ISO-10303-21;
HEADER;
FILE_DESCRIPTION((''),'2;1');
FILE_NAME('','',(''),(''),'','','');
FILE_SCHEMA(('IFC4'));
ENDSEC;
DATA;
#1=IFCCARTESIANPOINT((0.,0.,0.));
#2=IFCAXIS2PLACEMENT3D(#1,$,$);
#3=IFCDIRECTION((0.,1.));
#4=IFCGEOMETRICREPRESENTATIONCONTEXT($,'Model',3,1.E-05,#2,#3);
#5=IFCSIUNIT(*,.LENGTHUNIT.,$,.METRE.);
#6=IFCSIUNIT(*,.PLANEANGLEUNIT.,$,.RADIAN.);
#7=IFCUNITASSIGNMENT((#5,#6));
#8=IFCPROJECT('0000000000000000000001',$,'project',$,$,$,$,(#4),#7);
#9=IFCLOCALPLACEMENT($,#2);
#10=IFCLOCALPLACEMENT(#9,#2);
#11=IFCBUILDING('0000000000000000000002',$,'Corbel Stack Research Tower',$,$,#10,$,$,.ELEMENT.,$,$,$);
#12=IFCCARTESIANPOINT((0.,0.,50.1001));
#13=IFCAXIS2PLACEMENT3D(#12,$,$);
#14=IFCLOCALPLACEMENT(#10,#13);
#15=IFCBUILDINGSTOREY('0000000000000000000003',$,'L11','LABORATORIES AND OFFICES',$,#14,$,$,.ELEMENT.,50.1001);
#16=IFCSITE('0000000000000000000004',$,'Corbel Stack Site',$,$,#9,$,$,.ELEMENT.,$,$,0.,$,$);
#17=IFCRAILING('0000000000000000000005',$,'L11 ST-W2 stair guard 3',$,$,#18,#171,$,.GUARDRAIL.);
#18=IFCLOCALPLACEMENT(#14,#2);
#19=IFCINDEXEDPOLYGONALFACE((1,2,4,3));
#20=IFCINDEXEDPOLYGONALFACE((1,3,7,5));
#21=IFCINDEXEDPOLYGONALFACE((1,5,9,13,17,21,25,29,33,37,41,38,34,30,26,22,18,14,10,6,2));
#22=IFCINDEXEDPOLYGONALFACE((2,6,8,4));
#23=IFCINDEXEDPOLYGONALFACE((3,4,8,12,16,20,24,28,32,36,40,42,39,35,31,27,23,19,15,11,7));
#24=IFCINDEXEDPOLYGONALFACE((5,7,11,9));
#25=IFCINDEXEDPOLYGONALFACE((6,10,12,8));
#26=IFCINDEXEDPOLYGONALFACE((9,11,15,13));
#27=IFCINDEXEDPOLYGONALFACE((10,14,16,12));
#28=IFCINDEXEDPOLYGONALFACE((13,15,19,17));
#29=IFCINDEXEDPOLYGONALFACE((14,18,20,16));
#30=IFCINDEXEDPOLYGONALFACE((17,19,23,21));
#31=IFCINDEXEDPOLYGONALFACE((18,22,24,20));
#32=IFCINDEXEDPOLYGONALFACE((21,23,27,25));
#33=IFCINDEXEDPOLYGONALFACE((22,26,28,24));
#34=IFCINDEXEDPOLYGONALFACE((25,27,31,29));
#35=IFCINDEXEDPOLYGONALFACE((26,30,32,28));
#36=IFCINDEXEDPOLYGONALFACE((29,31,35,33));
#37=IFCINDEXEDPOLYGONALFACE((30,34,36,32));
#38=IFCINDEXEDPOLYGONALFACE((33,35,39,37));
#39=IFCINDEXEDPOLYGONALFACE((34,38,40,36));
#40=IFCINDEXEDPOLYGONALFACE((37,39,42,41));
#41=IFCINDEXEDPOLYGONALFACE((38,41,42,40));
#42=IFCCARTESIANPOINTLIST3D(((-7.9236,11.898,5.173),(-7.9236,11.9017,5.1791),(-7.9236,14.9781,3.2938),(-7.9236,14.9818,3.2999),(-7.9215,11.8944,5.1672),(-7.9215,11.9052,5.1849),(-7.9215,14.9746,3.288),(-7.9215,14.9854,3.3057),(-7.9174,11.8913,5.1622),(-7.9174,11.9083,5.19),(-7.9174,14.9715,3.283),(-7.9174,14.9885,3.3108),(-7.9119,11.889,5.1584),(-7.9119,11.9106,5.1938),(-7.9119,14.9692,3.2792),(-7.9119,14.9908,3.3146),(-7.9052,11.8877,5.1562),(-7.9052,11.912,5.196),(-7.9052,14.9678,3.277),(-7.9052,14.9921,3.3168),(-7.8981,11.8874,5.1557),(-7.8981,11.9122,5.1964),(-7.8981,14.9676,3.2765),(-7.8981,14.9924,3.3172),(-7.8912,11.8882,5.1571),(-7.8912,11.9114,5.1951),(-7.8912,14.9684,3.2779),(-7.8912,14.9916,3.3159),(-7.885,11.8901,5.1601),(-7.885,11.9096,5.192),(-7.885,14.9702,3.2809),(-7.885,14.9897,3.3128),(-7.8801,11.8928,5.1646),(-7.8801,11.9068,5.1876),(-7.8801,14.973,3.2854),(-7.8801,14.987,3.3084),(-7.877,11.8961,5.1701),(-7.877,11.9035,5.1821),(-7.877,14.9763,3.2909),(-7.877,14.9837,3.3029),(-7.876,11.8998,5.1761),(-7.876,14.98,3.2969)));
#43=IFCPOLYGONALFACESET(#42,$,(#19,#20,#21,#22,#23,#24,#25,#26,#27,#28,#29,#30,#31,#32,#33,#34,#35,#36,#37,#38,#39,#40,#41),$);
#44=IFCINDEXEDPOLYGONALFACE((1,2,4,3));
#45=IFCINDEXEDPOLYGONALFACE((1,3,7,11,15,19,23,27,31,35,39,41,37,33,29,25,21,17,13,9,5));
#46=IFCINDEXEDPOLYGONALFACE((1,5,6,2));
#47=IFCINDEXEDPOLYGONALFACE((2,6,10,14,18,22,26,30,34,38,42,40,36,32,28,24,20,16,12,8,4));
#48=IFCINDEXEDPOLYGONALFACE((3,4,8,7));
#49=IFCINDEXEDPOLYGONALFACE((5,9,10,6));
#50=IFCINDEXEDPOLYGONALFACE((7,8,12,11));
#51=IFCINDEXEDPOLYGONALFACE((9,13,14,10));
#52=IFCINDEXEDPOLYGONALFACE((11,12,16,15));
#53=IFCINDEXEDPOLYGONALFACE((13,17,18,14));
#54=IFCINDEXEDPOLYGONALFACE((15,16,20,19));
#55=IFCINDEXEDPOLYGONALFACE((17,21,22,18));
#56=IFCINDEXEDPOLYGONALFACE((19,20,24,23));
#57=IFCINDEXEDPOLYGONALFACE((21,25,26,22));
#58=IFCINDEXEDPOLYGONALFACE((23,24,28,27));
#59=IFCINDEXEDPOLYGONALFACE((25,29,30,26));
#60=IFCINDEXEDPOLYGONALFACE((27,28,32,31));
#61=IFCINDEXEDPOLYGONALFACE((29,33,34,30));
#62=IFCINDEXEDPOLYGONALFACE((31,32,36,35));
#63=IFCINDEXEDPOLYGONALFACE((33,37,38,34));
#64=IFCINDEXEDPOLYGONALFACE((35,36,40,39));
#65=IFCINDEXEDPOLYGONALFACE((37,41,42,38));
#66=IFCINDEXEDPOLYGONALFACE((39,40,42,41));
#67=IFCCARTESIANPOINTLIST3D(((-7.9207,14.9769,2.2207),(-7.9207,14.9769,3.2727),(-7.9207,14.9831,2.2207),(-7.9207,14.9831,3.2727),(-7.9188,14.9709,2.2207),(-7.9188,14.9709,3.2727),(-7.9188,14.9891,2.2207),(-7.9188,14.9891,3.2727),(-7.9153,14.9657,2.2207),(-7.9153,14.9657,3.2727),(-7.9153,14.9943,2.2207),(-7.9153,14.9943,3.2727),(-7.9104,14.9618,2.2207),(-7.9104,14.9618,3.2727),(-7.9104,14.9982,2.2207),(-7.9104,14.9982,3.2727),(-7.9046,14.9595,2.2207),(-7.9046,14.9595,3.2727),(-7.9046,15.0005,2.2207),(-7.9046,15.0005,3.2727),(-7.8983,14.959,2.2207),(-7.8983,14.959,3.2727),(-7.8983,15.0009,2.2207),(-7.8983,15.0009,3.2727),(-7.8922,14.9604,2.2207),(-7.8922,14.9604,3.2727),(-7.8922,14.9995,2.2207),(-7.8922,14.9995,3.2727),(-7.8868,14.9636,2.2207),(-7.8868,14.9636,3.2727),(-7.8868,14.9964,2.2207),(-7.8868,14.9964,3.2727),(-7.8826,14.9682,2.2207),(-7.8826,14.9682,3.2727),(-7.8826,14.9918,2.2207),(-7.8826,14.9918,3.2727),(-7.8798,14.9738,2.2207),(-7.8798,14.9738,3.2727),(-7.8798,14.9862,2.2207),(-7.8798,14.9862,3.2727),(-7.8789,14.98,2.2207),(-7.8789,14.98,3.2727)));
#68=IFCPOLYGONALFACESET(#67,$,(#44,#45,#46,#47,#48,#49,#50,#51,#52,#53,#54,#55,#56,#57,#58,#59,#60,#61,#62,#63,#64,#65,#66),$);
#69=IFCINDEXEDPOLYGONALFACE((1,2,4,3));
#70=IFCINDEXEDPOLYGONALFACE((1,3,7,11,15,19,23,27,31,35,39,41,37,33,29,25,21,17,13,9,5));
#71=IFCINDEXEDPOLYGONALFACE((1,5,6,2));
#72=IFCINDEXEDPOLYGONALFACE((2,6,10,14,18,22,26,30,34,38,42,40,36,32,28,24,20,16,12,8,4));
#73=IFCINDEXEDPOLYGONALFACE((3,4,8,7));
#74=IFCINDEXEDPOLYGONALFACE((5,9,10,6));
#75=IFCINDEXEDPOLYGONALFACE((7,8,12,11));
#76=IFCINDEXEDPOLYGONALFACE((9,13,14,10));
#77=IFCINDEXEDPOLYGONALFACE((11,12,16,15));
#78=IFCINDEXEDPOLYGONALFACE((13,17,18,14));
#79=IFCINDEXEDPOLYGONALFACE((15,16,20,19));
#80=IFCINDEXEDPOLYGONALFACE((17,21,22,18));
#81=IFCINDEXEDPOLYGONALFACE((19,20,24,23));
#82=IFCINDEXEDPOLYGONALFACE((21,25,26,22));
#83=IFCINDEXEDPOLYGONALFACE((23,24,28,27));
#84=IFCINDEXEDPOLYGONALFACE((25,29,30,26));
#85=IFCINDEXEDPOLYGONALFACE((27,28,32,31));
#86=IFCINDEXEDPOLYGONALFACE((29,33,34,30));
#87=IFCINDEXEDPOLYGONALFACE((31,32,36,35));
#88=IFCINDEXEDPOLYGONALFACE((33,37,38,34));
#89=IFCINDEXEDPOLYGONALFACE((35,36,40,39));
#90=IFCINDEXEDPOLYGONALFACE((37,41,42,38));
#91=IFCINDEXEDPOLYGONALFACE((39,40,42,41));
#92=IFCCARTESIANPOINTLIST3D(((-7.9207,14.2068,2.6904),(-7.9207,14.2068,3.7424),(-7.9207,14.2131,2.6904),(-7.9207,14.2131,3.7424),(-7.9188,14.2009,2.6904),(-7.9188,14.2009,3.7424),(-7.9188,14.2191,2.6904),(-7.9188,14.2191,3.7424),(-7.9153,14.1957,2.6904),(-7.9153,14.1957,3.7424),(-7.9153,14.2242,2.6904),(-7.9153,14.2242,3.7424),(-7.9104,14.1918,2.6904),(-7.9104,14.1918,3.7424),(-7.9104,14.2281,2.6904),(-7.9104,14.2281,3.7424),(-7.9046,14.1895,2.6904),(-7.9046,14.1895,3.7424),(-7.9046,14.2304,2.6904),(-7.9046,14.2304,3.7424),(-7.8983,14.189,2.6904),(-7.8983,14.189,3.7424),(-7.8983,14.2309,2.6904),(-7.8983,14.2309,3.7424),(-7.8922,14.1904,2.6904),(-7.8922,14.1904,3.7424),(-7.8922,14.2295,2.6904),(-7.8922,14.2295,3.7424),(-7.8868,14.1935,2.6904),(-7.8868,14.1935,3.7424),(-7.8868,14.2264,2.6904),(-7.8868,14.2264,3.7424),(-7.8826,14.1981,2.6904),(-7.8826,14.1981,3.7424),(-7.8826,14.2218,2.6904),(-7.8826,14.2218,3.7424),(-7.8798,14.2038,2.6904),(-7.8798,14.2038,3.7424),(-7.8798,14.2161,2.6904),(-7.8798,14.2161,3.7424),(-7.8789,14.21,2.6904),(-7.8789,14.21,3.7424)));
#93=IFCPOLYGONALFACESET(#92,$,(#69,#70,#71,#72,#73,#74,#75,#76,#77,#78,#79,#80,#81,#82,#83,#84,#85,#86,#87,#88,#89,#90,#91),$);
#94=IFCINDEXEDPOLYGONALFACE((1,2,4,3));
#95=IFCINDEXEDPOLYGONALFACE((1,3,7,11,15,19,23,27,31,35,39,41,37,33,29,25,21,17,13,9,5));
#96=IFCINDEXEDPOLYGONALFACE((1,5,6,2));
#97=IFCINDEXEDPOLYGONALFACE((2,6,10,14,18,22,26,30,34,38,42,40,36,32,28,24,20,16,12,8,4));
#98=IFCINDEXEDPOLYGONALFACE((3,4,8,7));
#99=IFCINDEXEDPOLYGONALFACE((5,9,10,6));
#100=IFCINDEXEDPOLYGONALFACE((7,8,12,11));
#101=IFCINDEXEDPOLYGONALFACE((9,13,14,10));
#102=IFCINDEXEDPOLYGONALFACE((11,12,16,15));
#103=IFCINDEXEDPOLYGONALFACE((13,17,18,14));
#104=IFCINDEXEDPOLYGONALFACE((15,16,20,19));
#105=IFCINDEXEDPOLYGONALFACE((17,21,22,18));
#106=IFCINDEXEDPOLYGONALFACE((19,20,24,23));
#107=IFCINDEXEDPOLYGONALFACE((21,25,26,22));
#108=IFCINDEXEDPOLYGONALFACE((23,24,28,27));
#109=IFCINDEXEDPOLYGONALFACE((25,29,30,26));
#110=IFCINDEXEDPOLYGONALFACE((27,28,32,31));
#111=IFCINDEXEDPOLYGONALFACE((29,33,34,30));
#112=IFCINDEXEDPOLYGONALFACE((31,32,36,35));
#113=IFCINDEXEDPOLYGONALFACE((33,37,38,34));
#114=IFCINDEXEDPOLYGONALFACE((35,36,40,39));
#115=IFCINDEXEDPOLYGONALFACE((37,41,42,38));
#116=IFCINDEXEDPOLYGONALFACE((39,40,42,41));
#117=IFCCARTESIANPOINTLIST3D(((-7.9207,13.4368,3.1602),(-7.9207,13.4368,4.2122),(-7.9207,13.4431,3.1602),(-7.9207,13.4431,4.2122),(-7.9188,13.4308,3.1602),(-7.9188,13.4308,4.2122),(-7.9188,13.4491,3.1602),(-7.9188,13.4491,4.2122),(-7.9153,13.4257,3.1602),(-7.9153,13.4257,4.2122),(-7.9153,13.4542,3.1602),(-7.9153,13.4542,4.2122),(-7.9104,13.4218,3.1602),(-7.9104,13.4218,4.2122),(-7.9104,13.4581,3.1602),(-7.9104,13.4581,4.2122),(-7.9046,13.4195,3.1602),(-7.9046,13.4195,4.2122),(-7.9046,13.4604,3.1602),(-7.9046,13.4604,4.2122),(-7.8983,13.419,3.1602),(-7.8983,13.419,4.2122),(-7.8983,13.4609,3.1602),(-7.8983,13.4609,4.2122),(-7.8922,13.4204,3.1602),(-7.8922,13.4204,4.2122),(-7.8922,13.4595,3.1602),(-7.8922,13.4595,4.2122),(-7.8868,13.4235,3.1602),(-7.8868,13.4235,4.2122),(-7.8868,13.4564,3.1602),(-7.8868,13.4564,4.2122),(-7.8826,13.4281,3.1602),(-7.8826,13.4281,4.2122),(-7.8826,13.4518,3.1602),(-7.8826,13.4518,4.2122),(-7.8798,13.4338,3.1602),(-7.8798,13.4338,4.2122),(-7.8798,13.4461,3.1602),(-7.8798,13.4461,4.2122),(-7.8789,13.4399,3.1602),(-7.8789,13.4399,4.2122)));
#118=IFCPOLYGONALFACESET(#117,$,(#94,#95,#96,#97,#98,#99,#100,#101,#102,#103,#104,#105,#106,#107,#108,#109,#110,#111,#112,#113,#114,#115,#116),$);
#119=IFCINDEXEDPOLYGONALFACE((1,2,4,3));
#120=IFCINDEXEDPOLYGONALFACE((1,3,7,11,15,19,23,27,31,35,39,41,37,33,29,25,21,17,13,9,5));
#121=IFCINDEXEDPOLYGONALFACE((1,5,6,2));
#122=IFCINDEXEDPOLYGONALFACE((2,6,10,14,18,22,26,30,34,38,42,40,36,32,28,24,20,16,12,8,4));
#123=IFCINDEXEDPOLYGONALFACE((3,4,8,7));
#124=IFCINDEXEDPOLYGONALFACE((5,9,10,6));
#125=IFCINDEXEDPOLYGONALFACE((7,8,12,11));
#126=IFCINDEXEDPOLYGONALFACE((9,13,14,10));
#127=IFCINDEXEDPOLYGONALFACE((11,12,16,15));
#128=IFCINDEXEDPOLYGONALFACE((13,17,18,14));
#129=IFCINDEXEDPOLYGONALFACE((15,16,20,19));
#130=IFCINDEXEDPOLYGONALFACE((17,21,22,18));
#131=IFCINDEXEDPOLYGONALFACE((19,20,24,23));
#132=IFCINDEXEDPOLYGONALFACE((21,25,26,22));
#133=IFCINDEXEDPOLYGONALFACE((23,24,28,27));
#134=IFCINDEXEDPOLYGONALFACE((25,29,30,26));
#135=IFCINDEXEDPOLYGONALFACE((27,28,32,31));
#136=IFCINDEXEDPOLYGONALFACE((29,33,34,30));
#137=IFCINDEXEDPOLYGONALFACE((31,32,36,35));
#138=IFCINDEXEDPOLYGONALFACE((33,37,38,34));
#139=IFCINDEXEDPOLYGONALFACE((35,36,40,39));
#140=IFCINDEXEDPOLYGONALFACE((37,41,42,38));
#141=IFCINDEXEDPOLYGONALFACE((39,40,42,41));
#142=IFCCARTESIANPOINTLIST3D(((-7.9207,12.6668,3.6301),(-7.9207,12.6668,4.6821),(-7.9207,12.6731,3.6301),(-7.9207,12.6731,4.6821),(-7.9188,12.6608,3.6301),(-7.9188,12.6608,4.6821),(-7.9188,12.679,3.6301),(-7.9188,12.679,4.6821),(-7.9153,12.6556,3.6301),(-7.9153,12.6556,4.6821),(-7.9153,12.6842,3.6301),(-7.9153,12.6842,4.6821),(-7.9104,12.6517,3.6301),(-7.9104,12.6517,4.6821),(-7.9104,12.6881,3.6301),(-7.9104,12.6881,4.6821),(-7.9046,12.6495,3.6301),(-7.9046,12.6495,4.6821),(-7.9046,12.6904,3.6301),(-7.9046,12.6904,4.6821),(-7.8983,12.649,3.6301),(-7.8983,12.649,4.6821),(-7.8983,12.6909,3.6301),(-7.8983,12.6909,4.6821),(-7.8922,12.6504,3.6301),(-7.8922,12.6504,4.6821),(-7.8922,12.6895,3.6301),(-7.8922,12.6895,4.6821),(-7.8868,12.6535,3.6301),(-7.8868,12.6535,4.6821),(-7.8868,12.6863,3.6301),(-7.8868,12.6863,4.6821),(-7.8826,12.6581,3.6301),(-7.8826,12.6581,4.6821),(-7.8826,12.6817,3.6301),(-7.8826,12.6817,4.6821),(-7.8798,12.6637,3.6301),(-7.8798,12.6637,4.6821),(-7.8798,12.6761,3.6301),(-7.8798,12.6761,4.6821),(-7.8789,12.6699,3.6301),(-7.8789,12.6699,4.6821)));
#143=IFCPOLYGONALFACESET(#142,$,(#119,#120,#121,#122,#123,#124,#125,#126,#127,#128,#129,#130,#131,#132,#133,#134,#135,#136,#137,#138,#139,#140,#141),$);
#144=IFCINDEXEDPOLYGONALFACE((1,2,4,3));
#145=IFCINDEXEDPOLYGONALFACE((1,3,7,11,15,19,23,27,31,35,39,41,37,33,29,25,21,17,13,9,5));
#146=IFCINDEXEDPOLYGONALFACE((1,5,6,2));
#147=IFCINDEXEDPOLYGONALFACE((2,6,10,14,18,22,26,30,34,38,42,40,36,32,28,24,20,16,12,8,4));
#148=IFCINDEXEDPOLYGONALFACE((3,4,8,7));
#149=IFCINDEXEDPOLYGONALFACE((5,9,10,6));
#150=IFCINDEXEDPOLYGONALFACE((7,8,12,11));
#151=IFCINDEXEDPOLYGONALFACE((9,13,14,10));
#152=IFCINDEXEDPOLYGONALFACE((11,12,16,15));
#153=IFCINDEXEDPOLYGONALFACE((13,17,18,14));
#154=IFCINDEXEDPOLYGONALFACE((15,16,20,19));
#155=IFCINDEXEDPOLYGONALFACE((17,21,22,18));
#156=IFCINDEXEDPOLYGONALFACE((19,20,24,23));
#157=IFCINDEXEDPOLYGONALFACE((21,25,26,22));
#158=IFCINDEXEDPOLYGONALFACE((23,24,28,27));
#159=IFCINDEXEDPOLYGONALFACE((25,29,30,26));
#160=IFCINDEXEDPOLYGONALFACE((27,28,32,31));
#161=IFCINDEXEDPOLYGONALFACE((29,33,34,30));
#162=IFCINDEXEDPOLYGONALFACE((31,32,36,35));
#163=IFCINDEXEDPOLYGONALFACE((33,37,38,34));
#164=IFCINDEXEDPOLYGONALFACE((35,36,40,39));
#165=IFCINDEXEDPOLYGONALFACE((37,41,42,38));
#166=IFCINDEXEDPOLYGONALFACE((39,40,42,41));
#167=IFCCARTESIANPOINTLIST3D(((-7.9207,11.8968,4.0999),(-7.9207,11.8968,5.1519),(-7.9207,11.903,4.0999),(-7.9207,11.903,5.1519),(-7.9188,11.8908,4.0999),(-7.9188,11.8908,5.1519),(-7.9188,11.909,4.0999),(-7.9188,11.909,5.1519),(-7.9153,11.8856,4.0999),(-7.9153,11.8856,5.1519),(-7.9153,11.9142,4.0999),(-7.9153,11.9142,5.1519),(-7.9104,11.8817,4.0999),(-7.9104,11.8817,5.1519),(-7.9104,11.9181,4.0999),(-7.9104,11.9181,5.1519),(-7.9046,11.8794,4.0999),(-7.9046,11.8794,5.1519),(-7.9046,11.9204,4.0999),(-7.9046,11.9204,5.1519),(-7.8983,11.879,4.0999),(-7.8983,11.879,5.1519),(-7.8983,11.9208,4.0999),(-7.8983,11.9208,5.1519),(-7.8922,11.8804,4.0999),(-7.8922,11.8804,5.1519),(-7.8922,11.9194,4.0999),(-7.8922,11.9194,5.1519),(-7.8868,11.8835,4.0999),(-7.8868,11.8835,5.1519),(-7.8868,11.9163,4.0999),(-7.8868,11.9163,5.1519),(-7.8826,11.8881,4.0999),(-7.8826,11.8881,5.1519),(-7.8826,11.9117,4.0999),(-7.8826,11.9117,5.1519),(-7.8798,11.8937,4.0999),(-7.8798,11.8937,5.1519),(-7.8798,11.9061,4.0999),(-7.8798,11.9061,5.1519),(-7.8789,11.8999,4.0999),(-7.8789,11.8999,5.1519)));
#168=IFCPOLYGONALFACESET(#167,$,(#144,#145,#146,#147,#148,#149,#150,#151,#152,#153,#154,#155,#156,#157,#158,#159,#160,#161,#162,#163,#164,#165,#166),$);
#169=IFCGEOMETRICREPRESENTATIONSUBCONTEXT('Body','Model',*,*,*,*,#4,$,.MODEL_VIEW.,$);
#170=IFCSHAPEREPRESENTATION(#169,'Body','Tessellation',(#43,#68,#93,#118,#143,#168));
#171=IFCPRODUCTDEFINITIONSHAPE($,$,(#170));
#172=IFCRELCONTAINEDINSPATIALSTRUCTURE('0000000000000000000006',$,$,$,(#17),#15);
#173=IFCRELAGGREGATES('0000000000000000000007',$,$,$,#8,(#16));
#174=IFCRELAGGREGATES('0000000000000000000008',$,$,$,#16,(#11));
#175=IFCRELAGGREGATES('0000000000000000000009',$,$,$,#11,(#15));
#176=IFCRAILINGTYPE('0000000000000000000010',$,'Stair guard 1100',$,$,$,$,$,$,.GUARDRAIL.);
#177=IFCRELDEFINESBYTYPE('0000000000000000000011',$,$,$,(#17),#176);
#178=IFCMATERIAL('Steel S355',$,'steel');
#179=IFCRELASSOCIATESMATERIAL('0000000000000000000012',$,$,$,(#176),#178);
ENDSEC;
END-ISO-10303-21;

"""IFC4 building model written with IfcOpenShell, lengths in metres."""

from ifc_helpers import new_model, si_unit, direction, frame, origin, origin_2d, place, context, subcontext, project, spatial, circle, extrude, material, type_object, element, save


model = new_model("IFC4")

# Units and contexts
model_context = context("Model", 3, precision=1e-05, world=origin(), true_north=direction((0.0, 1.0)))
body_context = subcontext(model_context, "Body", "Model", "MODEL_VIEW")
ifc_project = project(units=[si_unit("LENGTHUNIT", "METRE"), si_unit("PLANEANGLEUNIT", "RADIAN")], contexts=[model_context])

# Site, building, storey
site_placement = place(None, origin())
site = spatial("IfcSite", under=ifc_project, at=site_placement, Name="Corbel Stack Site", CompositionType="ELEMENT", RefElevation=0.0)
building_placement = place(site_placement, origin())
building = spatial("IfcBuilding", under=site, at=building_placement, Name="Corbel Stack Research Tower", CompositionType="ELEMENT")
storey_placement = place(building_placement, frame((0.0, 0.0, 50.1001)))
storey = spatial("IfcBuildingStorey", under=building, at=storey_placement, Name="L11", Description="LABORATORIES AND OFFICES", CompositionType="ELEMENT", Elevation=50.1001)

# Railing
ifc_material_1 = material(Name="Steel S355", Category="steel")
railing_type_1 = type_object("IfcRailingType", Name="Stair guard 1100", PredefinedType="GUARDRAIL", material=ifc_material_1)
railing_1_placement = place(storey_placement, frame((-7.8999, 14.98, 2.2207)))
element("IfcRailing", 1, at=railing_1_placement, inside=storey, type_object=railing_type_1, Name="L11 ST-W2 stair guard 3", PredefinedType="GUARDRAIL", context=body_context, shape_type="SweptSolid", body=[
    extrude(circle(Radius=0.0239, at=origin_2d()), frame((0.0, 0.0, 1.0762), z_axis=(0.0, -0.853666, 0.52082), x_axis=(1.0, 0.0, 0.0)), (0.0, 0.0, 1.0), 3.6082),
    extrude(circle(Radius=0.021, at=origin_2d()), origin(), (0.0, 0.0, 1.0), 1.052),
    extrude(circle(Radius=0.021, at=origin_2d()), frame((0.0, -0.77, 0.4697)), (0.0, 0.0, 1.0), 1.052),
    extrude(circle(Radius=0.021, at=origin_2d()), frame((0.0, -1.54, 0.9395)), (0.0, 0.0, 1.0), 1.052),
    extrude(circle(Radius=0.021, at=origin_2d()), frame((0.0, -2.3101, 1.4094)), (0.0, 0.0, 1.0), 1.052),
    extrude(circle(Radius=0.021, at=origin_2d()), frame((0.0, -3.0801, 1.8792)), (0.0, 0.0, 1.0), 1.052),
])

save(model, "model.ifc")
